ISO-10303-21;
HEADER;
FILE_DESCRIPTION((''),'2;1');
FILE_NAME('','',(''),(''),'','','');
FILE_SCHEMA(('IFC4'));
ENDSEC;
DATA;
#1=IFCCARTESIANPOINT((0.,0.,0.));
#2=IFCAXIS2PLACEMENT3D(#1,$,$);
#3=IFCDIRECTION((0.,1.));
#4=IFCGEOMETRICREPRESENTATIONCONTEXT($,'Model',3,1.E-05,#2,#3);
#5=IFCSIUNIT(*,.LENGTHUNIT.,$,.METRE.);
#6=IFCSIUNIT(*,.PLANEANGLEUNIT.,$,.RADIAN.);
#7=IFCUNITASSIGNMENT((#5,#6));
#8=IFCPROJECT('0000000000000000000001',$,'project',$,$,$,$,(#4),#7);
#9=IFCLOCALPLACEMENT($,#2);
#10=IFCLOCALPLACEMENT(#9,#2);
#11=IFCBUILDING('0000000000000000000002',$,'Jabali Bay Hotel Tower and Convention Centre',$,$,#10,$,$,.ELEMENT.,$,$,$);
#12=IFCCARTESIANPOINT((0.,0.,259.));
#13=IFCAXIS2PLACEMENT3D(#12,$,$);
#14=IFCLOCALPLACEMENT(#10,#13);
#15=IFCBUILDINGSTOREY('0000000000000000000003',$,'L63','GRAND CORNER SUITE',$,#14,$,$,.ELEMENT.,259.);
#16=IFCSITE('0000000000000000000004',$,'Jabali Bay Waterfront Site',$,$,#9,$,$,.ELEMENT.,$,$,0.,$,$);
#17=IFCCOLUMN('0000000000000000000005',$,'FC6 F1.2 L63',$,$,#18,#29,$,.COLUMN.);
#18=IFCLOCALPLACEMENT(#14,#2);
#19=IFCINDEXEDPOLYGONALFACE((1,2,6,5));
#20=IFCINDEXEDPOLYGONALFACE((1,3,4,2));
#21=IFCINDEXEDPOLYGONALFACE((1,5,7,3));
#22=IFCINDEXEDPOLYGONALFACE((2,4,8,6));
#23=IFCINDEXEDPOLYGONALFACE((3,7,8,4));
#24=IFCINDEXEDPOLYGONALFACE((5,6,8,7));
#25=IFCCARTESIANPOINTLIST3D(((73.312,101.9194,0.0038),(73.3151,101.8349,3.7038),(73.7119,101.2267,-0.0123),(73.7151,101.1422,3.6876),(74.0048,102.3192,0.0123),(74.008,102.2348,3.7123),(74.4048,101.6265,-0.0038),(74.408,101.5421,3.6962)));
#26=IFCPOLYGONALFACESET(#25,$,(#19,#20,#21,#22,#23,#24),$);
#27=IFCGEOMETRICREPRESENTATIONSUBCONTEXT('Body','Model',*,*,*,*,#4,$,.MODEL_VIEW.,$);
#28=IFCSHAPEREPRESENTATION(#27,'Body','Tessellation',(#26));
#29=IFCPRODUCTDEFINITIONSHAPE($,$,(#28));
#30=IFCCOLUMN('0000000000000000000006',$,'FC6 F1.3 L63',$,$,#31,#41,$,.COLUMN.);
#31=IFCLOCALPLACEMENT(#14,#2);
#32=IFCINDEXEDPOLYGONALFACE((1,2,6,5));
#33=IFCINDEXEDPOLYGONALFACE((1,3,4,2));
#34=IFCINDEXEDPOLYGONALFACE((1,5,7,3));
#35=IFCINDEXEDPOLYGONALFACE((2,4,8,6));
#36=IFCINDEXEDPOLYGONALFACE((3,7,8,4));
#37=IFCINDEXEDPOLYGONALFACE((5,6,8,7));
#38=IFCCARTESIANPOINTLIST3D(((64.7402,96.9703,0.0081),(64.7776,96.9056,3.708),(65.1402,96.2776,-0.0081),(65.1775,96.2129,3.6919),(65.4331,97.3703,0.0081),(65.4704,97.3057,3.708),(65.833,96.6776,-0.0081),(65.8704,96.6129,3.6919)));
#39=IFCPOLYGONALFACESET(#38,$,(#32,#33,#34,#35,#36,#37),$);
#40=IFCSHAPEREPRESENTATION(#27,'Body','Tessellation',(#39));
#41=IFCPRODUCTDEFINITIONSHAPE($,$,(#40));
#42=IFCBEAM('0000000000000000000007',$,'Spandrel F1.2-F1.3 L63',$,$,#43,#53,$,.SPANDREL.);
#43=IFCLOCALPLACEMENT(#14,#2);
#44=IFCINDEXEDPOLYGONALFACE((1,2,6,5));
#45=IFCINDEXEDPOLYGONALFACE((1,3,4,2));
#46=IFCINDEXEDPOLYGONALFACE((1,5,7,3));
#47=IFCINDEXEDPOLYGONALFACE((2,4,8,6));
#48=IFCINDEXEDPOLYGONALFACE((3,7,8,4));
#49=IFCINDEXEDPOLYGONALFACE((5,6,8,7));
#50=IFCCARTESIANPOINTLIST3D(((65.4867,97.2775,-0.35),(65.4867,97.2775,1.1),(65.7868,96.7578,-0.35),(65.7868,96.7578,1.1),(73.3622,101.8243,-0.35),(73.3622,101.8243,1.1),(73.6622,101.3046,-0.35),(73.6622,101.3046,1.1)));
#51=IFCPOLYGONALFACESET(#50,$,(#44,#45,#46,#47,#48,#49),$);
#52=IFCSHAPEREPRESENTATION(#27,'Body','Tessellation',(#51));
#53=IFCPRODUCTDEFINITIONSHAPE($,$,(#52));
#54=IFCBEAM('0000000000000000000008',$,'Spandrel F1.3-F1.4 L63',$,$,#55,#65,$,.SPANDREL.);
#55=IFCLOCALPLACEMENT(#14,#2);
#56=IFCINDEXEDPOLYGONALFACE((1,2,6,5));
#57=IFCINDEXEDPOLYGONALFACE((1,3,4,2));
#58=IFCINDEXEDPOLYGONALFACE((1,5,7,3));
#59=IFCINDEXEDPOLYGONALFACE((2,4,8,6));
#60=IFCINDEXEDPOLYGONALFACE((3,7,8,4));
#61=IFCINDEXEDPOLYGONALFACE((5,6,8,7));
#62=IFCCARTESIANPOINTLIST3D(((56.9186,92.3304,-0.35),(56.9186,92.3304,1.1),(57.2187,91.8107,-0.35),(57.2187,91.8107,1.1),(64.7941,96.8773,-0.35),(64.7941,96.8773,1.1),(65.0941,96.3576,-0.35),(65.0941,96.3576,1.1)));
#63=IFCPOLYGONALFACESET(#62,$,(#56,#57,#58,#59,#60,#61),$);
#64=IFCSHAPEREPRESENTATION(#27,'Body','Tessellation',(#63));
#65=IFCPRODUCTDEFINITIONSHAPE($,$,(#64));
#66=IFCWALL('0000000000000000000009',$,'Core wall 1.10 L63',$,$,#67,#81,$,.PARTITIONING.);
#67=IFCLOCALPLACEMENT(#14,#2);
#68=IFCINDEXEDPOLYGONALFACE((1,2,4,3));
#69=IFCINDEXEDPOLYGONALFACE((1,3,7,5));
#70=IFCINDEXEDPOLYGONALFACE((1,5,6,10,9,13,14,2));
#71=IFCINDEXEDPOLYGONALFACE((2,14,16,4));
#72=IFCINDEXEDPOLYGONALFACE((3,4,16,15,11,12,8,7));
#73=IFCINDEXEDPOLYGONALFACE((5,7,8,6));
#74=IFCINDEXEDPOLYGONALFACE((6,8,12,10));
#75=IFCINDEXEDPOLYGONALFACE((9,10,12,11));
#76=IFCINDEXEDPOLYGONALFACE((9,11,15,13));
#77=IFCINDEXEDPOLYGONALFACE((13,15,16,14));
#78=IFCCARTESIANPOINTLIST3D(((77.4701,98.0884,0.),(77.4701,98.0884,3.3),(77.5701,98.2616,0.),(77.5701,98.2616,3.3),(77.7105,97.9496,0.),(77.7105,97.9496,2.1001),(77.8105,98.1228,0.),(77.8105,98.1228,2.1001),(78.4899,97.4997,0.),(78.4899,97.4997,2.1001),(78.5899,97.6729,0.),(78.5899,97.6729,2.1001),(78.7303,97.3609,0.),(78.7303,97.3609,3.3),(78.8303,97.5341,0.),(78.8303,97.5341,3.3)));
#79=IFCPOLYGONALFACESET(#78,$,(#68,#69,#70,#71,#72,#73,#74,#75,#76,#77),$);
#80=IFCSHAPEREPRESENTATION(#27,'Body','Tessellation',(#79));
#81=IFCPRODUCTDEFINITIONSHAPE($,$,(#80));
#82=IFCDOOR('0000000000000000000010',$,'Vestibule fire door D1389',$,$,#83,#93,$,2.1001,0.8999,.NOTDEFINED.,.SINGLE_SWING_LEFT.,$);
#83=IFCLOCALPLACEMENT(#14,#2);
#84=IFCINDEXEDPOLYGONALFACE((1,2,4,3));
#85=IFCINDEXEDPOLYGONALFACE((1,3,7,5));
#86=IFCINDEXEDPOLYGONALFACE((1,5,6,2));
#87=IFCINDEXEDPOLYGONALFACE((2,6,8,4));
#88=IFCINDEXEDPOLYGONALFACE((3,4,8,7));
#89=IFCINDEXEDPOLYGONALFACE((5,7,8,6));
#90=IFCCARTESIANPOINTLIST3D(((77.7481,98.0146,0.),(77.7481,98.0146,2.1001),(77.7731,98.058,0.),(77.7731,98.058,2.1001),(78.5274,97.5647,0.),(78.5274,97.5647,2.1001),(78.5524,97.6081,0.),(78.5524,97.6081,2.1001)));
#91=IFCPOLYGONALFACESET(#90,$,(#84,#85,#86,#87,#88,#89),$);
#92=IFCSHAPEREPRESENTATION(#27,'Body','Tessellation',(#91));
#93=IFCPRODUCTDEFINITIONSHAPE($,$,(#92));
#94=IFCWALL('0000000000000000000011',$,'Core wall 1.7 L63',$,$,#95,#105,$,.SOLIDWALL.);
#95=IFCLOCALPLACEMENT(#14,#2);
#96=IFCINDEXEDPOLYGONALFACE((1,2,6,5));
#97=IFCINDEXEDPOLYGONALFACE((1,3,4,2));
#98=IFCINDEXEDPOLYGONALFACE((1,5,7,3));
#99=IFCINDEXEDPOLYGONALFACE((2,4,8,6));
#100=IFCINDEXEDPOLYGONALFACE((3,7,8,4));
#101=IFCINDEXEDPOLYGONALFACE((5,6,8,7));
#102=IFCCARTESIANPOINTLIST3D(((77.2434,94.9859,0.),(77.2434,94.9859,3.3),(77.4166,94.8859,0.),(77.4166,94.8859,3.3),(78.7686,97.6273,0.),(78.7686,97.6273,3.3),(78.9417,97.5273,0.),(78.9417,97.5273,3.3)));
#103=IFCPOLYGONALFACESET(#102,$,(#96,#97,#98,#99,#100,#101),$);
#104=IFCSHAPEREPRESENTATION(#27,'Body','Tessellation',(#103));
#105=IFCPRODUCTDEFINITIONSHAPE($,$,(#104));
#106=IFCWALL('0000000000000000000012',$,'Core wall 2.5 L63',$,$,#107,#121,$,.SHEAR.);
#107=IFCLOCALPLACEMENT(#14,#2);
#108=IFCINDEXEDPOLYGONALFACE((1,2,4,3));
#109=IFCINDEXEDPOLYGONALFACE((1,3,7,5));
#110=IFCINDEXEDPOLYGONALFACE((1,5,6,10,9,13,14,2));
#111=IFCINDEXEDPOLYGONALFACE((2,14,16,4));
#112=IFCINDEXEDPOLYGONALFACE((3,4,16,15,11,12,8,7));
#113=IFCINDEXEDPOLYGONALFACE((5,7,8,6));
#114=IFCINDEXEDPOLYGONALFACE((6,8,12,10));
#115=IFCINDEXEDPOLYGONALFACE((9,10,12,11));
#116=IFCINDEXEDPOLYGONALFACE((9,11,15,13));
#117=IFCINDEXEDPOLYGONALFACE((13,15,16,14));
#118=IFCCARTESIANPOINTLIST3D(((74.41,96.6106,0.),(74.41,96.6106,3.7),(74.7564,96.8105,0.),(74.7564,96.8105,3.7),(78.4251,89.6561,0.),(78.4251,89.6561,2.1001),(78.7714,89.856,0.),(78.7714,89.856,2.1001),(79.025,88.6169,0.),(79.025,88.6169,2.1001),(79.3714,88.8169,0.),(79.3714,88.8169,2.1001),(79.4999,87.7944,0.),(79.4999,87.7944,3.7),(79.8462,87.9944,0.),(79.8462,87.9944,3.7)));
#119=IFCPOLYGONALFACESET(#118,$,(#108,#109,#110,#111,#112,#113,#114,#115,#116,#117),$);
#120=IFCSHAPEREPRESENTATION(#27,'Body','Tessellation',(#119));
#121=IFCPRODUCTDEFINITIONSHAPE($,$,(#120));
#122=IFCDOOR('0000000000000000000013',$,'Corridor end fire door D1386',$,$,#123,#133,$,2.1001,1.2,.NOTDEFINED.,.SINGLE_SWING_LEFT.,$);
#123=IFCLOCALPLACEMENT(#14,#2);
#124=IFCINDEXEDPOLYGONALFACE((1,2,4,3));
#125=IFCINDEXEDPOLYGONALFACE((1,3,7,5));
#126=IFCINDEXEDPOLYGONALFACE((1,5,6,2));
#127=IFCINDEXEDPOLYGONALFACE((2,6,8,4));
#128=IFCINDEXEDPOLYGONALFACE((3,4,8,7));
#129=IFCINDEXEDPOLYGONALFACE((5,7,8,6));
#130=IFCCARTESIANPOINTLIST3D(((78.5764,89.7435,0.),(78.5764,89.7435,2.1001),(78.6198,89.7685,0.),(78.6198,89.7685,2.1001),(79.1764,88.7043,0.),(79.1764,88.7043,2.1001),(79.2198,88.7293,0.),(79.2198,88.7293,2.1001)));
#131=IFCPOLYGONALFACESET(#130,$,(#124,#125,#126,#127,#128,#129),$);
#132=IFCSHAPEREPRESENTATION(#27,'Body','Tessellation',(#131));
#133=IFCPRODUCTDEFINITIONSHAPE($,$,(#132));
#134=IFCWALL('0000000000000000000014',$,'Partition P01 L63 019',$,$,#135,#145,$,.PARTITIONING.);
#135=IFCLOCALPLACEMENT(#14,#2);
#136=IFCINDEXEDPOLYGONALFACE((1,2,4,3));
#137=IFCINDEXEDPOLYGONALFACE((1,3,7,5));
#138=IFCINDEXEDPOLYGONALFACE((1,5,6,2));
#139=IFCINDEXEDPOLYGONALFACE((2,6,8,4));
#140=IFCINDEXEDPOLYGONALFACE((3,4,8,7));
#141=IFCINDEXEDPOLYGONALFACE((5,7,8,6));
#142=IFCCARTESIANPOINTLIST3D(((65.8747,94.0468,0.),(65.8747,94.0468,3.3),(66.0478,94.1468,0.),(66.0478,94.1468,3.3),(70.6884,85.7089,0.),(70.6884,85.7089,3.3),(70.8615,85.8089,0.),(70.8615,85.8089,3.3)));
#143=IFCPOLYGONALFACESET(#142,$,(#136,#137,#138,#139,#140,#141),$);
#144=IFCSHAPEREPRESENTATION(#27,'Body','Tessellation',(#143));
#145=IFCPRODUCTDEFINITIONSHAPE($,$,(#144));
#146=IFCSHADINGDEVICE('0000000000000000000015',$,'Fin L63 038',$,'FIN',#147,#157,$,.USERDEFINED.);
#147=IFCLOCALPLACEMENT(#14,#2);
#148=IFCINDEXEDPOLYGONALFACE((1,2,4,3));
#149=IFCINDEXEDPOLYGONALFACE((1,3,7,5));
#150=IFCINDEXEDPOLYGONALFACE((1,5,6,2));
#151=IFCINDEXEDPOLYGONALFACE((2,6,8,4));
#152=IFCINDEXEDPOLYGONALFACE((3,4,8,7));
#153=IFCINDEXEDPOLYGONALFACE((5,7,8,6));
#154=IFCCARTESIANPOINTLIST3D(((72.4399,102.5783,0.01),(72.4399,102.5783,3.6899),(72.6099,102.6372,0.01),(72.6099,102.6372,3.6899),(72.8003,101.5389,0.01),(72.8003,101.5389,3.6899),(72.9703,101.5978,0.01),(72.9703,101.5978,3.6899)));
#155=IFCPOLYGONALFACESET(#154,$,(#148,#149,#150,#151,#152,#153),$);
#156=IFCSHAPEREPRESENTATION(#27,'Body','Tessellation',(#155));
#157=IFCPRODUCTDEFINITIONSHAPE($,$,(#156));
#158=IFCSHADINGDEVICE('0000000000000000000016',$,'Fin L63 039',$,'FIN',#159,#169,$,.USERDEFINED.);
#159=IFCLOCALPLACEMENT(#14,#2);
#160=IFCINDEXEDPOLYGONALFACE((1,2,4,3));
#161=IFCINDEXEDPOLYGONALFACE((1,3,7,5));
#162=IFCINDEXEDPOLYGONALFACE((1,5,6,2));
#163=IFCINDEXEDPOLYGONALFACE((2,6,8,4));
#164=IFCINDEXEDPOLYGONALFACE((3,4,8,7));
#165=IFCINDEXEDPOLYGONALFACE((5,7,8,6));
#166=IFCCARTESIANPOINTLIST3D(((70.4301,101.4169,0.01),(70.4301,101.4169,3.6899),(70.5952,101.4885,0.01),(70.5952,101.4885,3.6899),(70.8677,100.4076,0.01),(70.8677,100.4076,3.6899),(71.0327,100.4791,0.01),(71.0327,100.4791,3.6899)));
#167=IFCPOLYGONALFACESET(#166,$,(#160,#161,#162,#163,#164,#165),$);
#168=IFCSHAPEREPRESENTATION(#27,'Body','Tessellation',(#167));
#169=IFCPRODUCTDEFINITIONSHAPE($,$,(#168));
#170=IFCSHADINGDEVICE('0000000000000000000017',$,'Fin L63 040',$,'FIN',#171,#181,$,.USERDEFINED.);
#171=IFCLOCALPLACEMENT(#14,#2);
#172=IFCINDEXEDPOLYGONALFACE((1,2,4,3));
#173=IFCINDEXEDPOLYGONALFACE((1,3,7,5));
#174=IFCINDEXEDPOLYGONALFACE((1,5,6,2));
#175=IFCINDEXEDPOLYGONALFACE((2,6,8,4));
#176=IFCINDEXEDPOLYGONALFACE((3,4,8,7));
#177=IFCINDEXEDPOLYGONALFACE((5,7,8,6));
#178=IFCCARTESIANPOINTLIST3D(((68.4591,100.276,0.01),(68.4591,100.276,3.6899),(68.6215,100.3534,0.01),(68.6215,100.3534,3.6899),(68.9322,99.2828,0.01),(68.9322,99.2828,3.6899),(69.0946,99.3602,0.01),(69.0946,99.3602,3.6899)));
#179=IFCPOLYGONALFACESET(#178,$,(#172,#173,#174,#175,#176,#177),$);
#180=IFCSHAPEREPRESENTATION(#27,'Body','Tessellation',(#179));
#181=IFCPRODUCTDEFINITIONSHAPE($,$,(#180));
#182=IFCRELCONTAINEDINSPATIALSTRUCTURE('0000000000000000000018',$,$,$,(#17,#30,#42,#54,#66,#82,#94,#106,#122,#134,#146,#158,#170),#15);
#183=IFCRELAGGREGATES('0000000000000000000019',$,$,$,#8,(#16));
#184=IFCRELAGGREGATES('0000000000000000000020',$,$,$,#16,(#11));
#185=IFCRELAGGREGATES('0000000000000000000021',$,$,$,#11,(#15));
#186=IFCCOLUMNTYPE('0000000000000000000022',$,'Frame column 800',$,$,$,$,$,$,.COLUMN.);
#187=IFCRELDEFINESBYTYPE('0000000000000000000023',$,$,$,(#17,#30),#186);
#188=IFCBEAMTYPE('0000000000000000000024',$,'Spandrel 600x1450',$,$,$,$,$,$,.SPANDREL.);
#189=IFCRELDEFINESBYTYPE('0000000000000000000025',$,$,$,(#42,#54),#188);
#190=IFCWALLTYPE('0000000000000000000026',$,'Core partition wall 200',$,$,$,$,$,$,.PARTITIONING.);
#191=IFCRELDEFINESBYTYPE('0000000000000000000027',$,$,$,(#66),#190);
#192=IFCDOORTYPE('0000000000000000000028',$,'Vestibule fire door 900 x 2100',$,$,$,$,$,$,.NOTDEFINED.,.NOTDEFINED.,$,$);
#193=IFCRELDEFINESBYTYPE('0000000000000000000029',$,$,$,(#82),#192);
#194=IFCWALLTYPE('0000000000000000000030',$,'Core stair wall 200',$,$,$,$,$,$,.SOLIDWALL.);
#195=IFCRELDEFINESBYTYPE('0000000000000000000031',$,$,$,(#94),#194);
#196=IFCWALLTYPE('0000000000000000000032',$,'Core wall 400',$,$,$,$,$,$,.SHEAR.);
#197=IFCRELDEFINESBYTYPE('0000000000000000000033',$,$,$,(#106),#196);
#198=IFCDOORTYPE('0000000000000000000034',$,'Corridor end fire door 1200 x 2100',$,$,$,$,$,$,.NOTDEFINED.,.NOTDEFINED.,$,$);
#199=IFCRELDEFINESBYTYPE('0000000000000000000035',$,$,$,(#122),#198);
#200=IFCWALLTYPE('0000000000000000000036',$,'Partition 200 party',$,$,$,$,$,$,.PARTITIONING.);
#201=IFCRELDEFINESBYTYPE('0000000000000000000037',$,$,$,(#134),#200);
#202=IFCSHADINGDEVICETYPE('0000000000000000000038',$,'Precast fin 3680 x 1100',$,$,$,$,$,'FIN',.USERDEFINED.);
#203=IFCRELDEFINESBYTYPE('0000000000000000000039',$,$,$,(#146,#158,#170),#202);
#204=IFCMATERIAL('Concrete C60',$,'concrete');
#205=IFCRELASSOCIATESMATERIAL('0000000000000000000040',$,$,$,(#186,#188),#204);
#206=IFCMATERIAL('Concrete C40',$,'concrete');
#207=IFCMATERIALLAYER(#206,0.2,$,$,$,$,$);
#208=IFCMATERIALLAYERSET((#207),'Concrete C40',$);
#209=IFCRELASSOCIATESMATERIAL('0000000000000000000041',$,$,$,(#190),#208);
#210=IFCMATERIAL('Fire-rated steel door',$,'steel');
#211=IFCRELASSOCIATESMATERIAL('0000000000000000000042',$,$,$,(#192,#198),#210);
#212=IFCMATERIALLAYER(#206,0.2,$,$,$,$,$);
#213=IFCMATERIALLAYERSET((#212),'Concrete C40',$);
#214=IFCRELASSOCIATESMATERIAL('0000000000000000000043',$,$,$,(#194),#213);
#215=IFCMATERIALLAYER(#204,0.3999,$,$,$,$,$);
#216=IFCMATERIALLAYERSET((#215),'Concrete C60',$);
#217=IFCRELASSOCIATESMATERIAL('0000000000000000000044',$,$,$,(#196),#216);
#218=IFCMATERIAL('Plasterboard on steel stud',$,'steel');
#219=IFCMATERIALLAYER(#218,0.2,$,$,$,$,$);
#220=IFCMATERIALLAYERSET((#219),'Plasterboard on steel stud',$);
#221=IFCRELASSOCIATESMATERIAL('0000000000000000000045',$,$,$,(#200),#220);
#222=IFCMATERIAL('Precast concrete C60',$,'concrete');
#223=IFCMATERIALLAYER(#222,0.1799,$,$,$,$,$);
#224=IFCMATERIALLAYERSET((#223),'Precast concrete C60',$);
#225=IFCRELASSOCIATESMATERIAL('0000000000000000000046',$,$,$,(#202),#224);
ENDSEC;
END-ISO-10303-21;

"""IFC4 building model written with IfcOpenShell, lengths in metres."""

from ifc_helpers import new_model, si_unit, direction, frame, frame_2d, origin, origin_2d, place, context, subcontext, project, spatial, rectangle, extrude, material, layer, layer_set, material_profile, profile_set, type_object, element, fill, save


model = new_model("IFC4")

# Units and contexts
model_context = context("Model", 3, precision=1e-05, world=origin(), true_north=direction((0.0, 1.0)))
body_context = subcontext(model_context, "Body", "Model", "MODEL_VIEW")
ifc_project = project(units=[si_unit("LENGTHUNIT", "METRE"), si_unit("PLANEANGLEUNIT", "RADIAN")], contexts=[model_context])

# Site, building, storey
site_placement = place(None, origin())
site = spatial("IfcSite", under=ifc_project, at=site_placement, Name="Jabali Bay Waterfront Site", CompositionType="ELEMENT", RefElevation=0.0)
building_placement = place(site_placement, origin())
building = spatial("IfcBuilding", under=site, at=building_placement, Name="Jabali Bay Hotel Tower and Convention Centre", CompositionType="ELEMENT")
storey_placement = place(building_placement, frame((0.0, 0.0, 259.0)))
storey = spatial("IfcBuildingStorey", under=building, at=storey_placement, Name="L63", Description="GRAND CORNER SUITE", CompositionType="ELEMENT", Elevation=259.0)

# Columns
ifc_material_1 = material(Name="Concrete C60", Category="concrete")
ifc_material_profile_1 = material_profile(ifc_material_1, rectangle(XDim=0.8, YDim=0.8, at=origin_2d()), Name="Frame column 800")
ifc_profile_set_1 = profile_set([ifc_material_profile_1], Name="Concrete C60")
column_type = type_object("IfcColumnType", Name="Frame column 800", PredefinedType="COLUMN", material=ifc_profile_set_1)
column_1_placement = place(storey_placement, frame((73.8584, 101.7729, 0.0), z_axis=(0.000858, -0.022825, 0.999739), x_axis=(0.866054, 0.499836, 0.010669)))
element("IfcColumn", 1, at=column_1_placement, inside=storey, type_object=column_type, Name="FC6 F1.2 L63", PredefinedType="COLUMN", context=body_context, shape_type="SweptSolid", body=[
    extrude(rectangle(XDim=0.8, YDim=0.8, at=origin_2d()), origin(), (0.0, 0.0, 1.0), 3.7009),
])
column_2_placement = place(storey_placement, frame((65.2866, 96.824, 0.0), z_axis=(0.010094, -0.017482, 0.999796), x_axis=(0.86602, 0.500009, 0.0)))
element("IfcColumn", 2, at=column_2_placement, inside=storey, type_object=column_type, Name="FC6 F1.3 L63", PredefinedType="COLUMN", context=body_context, shape_type="SweptSolid", body=[
    extrude(rectangle(XDim=0.8, YDim=0.8, at=origin_2d()), origin(), (0.0, 0.0, 1.0), 3.7007),
])

# Beams
ifc_material_profile_2 = material_profile(ifc_material_1, rectangle(XDim=0.6001, YDim=1.45, at=origin_2d()), Name="Spandrel 600x1450")
ifc_profile_set_2 = profile_set([ifc_material_profile_2], Name="Concrete C60")
beam_type = type_object("IfcBeamType", Name="Spandrel 600x1450", PredefinedType="SPANDREL", material=ifc_profile_set_2)
for number, where, z_axis, x_axis, name in (
    (3, (73.5122, 101.5645, 0.375), (-0.866027, -0.499997, 0.0), (0.499997, -0.866027, 0.0), "Spandrel F1.2-F1.3 L63"),
    (4, (64.9441, 96.6174, 0.375), (-0.866027, -0.499997, 0.0), (0.499997, -0.866027, 0.0), "Spandrel F1.3-F1.4 L63"),
):
    element("IfcBeam", number, at=place(storey_placement, frame(where, z_axis=z_axis, x_axis=x_axis)), inside=storey, type_object=beam_type, Name=name, PredefinedType="SPANDREL", context=body_context, shape_type="SweptSolid", body=[
        extrude(rectangle(XDim=0.6001, YDim=1.45, at=origin_2d()), origin(), (0.0, 0.0, 1.0), 9.0938),
    ])

# Wall, opening, door
ifc_material_2 = material(Name="Concrete C40", Category="concrete")
ifc_layer_1 = layer(ifc_material_2, 0.2)
ifc_layer_set_1 = layer_set([ifc_layer_1], Name="Concrete C40")
wall_type_1 = type_object("IfcWallType", Name="Core partition wall 200", PredefinedType="PARTITIONING", material=ifc_layer_set_1)
wall_1_placement = place(storey_placement, frame((78.7803, 97.4475, 0.0), z_axis=(0.0, 0.0, 1.0), x_axis=(-0.866046, 0.499965, 0.0)))
wall_1 = element("IfcWall", 5, at=wall_1_placement, inside=storey, type_object=wall_type_1, Name="Core wall 1.10 L63", PredefinedType="PARTITIONING", context=body_context, shape_type="SweptSolid", body=[
    extrude(rectangle(XDim=1.4551, YDim=0.2, at=frame_2d((0.7275, 0.0))), origin(), (0.0, 0.0, 1.0), 3.3),
])
opening_1_placement = place(wall_1_placement, frame((0.2776, 0.0, 0.0)))
opening_1 = element("IfcOpeningElement", 6, at=opening_1_placement, cuts=wall_1, PredefinedType="OPENING", context=body_context, shape_type="SweptSolid", body=[
    extrude(rectangle(XDim=0.8999, YDim=2.1001, at=frame_2d((0.45, 1.05))), frame((0.0, 0.1104, 0.0), z_axis=(0.0, -1.0, 0.0), x_axis=(1.0, 0.0, 0.0)), (0.0, 0.0, 1.0), 0.2209),
])
ifc_material_3 = material(Name="Fire-rated steel door", Category="steel")
door_type_1 = type_object("IfcDoorType", Name="Vestibule fire door 900 x 2100", OperationType="NOTDEFINED", PredefinedType="NOTDEFINED", material=ifc_material_3)
door_1_placement = place(opening_1_placement, origin())
door_1 = element("IfcDoor", 7, at=door_1_placement, inside=storey, type_object=door_type_1, Name="Vestibule fire door D1389", OperationType="SINGLE_SWING_LEFT", OverallHeight=2.1001, OverallWidth=0.8999, PredefinedType="NOTDEFINED", context=body_context, shape_type="SweptSolid", body=[
    extrude(rectangle(XDim=0.8999, YDim=2.1001, at=frame_2d((0.45, 1.05))), frame((0.0, 0.0249, 0.0), z_axis=(0.0, -1.0, 0.0), x_axis=(1.0, 0.0, 0.0)), (0.0, 0.0, 1.0), 0.05),
])
fill(opening_1, door_1)

# Wall
ifc_layer_2 = layer(ifc_material_2, 0.2)
ifc_layer_set_2 = layer_set([ifc_layer_2], Name="Concrete C40")
wall_type_2 = type_object("IfcWallType", Name="Core stair wall 200", PredefinedType="SOLIDWALL", material=ifc_layer_set_2)
wall_2_placement = place(storey_placement, frame((77.3301, 94.936, 0.0), z_axis=(0.0, 0.0, 1.0), x_axis=(0.500039, 0.866003, 0.0)))
element("IfcWall", 8, at=wall_2_placement, inside=storey, type_object=wall_type_2, Name="Core wall 1.7 L63", PredefinedType="SOLIDWALL", context=body_context, shape_type="SweptSolid", body=[
    extrude(rectangle(XDim=3.05, YDim=0.2, at=frame_2d((1.5249, 0.0))), origin(), (0.0, 0.0, 1.0), 3.3),
])

# Wall, opening, door
ifc_layer_3 = layer(ifc_material_1, 0.3999)
ifc_layer_set_3 = layer_set([ifc_layer_3], Name="Concrete C60")
wall_type_3 = type_object("IfcWallType", Name="Core wall 400", PredefinedType="SHEAR", material=ifc_layer_set_3)
wall_3_placement = place(storey_placement, frame((74.5833, 96.7104, 0.0), z_axis=(0.0, 0.0, 1.0), x_axis=(0.499987, -0.866033, 0.0)))
wall_3 = element("IfcWall", 9, at=wall_3_placement, inside=storey, type_object=wall_type_3, Name="Core wall 2.5 L63", PredefinedType="SHEAR", context=body_context, shape_type="SweptSolid", body=[
    extrude(rectangle(XDim=10.1799, YDim=0.3999, at=frame_2d((5.0898, 0.0))), origin(), (0.0, 0.0, 1.0), 3.7),
])
opening_2_placement = place(wall_3_placement, frame((8.03, 0.0, 0.0)))
opening_2 = element("IfcOpeningElement", 10, at=opening_2_placement, cuts=wall_3, PredefinedType="OPENING", context=body_context, shape_type="SweptSolid", body=[
    extrude(rectangle(XDim=1.2, YDim=2.1001, at=frame_2d((0.6001, 1.05))), frame((0.0, 0.2104, 0.0), z_axis=(0.0, -1.0, 0.0), x_axis=(1.0, 0.0, 0.0)), (0.0, 0.0, 1.0), 0.4209),
])
door_type_2 = type_object("IfcDoorType", Name="Corridor end fire door 1200 x 2100", OperationType="NOTDEFINED", PredefinedType="NOTDEFINED", material=ifc_material_3)
door_2_placement = place(opening_2_placement, origin())
door_2 = element("IfcDoor", 11, at=door_2_placement, inside=storey, type_object=door_type_2, Name="Corridor end fire door D1386", OperationType="SINGLE_SWING_LEFT", OverallHeight=2.1001, OverallWidth=1.2, PredefinedType="NOTDEFINED", context=body_context, shape_type="SweptSolid", body=[
    extrude(rectangle(XDim=1.2, YDim=2.1001, at=frame_2d((0.6001, 1.05))), frame((0.0, 0.0249, 0.0), z_axis=(0.0, -1.0, 0.0), x_axis=(1.0, 0.0, 0.0)), (0.0, 0.0, 1.0), 0.05),
])
fill(opening_2, door_2)

# Wall
ifc_material_4 = material(Name="Plasterboard on steel stud", Category="steel")
ifc_layer_4 = layer(ifc_material_4, 0.2)
ifc_layer_set_4 = layer_set([ifc_layer_4], Name="Plasterboard on steel stud")
wall_type_4 = type_object("IfcWallType", Name="Partition 200 party", PredefinedType="PARTITIONING", material=ifc_layer_set_4)
wall_4_placement = place(storey_placement, frame((65.9612, 94.0969, 0.0), z_axis=(0.0, 0.0, 1.0), x_axis=(0.499987, -0.866033, 0.0)))
element("IfcWall", 12, at=wall_4_placement, inside=storey, type_object=wall_type_4, Name="Partition P01 L63 019", PredefinedType="PARTITIONING", context=body_context, shape_type="SweptSolid", body=[
    extrude(rectangle(XDim=9.6277, YDim=0.2, at=frame_2d((4.814, 0.0))), origin(), (0.0, 0.0, 1.0), 3.3),
])

# Shading devices
ifc_material_5 = material(Name="Precast concrete C60", Category="concrete")
ifc_layer_5 = layer(ifc_material_5, 0.1799)
ifc_layer_set_5 = layer_set([ifc_layer_5], Name="Precast concrete C60")
shading_device_type_1 = type_object("IfcShadingDeviceType", Name="Precast fin 3680 x 1100", ElementType="FIN", PredefinedType="USERDEFINED", material=ifc_layer_set_5)
for number, where, z_axis, x_axis, name in (
    (13, (72.8853, 101.5684, 0.01), (0.0, 0.0, 1.0), (-0.327591, 0.94482, 0.0), "Fin L63 038"),
    (14, (70.9502, 100.4434, 0.01), (0.0, 0.0, 1.0), (-0.39772, 0.917507, 0.0), "Fin L63 039"),
    (15, (69.0134, 99.3215, 0.01), (0.0, 0.0, 1.0), (-0.430089, 0.902787, 0.0), "Fin L63 040"),
):
    element("IfcShadingDevice", number, at=place(storey_placement, frame(where, z_axis=z_axis, x_axis=x_axis)), inside=storey, type_object=shading_device_type_1, Name=name, ObjectType="FIN", PredefinedType="USERDEFINED", context=body_context, shape_type="SweptSolid", body=[
        extrude(rectangle(XDim=1.1001, YDim=0.1799, at=frame_2d((0.55, 0.0))), origin(), (0.0, 0.0, 1.0), 3.6799),
    ])

save(model, "model.ifc")
